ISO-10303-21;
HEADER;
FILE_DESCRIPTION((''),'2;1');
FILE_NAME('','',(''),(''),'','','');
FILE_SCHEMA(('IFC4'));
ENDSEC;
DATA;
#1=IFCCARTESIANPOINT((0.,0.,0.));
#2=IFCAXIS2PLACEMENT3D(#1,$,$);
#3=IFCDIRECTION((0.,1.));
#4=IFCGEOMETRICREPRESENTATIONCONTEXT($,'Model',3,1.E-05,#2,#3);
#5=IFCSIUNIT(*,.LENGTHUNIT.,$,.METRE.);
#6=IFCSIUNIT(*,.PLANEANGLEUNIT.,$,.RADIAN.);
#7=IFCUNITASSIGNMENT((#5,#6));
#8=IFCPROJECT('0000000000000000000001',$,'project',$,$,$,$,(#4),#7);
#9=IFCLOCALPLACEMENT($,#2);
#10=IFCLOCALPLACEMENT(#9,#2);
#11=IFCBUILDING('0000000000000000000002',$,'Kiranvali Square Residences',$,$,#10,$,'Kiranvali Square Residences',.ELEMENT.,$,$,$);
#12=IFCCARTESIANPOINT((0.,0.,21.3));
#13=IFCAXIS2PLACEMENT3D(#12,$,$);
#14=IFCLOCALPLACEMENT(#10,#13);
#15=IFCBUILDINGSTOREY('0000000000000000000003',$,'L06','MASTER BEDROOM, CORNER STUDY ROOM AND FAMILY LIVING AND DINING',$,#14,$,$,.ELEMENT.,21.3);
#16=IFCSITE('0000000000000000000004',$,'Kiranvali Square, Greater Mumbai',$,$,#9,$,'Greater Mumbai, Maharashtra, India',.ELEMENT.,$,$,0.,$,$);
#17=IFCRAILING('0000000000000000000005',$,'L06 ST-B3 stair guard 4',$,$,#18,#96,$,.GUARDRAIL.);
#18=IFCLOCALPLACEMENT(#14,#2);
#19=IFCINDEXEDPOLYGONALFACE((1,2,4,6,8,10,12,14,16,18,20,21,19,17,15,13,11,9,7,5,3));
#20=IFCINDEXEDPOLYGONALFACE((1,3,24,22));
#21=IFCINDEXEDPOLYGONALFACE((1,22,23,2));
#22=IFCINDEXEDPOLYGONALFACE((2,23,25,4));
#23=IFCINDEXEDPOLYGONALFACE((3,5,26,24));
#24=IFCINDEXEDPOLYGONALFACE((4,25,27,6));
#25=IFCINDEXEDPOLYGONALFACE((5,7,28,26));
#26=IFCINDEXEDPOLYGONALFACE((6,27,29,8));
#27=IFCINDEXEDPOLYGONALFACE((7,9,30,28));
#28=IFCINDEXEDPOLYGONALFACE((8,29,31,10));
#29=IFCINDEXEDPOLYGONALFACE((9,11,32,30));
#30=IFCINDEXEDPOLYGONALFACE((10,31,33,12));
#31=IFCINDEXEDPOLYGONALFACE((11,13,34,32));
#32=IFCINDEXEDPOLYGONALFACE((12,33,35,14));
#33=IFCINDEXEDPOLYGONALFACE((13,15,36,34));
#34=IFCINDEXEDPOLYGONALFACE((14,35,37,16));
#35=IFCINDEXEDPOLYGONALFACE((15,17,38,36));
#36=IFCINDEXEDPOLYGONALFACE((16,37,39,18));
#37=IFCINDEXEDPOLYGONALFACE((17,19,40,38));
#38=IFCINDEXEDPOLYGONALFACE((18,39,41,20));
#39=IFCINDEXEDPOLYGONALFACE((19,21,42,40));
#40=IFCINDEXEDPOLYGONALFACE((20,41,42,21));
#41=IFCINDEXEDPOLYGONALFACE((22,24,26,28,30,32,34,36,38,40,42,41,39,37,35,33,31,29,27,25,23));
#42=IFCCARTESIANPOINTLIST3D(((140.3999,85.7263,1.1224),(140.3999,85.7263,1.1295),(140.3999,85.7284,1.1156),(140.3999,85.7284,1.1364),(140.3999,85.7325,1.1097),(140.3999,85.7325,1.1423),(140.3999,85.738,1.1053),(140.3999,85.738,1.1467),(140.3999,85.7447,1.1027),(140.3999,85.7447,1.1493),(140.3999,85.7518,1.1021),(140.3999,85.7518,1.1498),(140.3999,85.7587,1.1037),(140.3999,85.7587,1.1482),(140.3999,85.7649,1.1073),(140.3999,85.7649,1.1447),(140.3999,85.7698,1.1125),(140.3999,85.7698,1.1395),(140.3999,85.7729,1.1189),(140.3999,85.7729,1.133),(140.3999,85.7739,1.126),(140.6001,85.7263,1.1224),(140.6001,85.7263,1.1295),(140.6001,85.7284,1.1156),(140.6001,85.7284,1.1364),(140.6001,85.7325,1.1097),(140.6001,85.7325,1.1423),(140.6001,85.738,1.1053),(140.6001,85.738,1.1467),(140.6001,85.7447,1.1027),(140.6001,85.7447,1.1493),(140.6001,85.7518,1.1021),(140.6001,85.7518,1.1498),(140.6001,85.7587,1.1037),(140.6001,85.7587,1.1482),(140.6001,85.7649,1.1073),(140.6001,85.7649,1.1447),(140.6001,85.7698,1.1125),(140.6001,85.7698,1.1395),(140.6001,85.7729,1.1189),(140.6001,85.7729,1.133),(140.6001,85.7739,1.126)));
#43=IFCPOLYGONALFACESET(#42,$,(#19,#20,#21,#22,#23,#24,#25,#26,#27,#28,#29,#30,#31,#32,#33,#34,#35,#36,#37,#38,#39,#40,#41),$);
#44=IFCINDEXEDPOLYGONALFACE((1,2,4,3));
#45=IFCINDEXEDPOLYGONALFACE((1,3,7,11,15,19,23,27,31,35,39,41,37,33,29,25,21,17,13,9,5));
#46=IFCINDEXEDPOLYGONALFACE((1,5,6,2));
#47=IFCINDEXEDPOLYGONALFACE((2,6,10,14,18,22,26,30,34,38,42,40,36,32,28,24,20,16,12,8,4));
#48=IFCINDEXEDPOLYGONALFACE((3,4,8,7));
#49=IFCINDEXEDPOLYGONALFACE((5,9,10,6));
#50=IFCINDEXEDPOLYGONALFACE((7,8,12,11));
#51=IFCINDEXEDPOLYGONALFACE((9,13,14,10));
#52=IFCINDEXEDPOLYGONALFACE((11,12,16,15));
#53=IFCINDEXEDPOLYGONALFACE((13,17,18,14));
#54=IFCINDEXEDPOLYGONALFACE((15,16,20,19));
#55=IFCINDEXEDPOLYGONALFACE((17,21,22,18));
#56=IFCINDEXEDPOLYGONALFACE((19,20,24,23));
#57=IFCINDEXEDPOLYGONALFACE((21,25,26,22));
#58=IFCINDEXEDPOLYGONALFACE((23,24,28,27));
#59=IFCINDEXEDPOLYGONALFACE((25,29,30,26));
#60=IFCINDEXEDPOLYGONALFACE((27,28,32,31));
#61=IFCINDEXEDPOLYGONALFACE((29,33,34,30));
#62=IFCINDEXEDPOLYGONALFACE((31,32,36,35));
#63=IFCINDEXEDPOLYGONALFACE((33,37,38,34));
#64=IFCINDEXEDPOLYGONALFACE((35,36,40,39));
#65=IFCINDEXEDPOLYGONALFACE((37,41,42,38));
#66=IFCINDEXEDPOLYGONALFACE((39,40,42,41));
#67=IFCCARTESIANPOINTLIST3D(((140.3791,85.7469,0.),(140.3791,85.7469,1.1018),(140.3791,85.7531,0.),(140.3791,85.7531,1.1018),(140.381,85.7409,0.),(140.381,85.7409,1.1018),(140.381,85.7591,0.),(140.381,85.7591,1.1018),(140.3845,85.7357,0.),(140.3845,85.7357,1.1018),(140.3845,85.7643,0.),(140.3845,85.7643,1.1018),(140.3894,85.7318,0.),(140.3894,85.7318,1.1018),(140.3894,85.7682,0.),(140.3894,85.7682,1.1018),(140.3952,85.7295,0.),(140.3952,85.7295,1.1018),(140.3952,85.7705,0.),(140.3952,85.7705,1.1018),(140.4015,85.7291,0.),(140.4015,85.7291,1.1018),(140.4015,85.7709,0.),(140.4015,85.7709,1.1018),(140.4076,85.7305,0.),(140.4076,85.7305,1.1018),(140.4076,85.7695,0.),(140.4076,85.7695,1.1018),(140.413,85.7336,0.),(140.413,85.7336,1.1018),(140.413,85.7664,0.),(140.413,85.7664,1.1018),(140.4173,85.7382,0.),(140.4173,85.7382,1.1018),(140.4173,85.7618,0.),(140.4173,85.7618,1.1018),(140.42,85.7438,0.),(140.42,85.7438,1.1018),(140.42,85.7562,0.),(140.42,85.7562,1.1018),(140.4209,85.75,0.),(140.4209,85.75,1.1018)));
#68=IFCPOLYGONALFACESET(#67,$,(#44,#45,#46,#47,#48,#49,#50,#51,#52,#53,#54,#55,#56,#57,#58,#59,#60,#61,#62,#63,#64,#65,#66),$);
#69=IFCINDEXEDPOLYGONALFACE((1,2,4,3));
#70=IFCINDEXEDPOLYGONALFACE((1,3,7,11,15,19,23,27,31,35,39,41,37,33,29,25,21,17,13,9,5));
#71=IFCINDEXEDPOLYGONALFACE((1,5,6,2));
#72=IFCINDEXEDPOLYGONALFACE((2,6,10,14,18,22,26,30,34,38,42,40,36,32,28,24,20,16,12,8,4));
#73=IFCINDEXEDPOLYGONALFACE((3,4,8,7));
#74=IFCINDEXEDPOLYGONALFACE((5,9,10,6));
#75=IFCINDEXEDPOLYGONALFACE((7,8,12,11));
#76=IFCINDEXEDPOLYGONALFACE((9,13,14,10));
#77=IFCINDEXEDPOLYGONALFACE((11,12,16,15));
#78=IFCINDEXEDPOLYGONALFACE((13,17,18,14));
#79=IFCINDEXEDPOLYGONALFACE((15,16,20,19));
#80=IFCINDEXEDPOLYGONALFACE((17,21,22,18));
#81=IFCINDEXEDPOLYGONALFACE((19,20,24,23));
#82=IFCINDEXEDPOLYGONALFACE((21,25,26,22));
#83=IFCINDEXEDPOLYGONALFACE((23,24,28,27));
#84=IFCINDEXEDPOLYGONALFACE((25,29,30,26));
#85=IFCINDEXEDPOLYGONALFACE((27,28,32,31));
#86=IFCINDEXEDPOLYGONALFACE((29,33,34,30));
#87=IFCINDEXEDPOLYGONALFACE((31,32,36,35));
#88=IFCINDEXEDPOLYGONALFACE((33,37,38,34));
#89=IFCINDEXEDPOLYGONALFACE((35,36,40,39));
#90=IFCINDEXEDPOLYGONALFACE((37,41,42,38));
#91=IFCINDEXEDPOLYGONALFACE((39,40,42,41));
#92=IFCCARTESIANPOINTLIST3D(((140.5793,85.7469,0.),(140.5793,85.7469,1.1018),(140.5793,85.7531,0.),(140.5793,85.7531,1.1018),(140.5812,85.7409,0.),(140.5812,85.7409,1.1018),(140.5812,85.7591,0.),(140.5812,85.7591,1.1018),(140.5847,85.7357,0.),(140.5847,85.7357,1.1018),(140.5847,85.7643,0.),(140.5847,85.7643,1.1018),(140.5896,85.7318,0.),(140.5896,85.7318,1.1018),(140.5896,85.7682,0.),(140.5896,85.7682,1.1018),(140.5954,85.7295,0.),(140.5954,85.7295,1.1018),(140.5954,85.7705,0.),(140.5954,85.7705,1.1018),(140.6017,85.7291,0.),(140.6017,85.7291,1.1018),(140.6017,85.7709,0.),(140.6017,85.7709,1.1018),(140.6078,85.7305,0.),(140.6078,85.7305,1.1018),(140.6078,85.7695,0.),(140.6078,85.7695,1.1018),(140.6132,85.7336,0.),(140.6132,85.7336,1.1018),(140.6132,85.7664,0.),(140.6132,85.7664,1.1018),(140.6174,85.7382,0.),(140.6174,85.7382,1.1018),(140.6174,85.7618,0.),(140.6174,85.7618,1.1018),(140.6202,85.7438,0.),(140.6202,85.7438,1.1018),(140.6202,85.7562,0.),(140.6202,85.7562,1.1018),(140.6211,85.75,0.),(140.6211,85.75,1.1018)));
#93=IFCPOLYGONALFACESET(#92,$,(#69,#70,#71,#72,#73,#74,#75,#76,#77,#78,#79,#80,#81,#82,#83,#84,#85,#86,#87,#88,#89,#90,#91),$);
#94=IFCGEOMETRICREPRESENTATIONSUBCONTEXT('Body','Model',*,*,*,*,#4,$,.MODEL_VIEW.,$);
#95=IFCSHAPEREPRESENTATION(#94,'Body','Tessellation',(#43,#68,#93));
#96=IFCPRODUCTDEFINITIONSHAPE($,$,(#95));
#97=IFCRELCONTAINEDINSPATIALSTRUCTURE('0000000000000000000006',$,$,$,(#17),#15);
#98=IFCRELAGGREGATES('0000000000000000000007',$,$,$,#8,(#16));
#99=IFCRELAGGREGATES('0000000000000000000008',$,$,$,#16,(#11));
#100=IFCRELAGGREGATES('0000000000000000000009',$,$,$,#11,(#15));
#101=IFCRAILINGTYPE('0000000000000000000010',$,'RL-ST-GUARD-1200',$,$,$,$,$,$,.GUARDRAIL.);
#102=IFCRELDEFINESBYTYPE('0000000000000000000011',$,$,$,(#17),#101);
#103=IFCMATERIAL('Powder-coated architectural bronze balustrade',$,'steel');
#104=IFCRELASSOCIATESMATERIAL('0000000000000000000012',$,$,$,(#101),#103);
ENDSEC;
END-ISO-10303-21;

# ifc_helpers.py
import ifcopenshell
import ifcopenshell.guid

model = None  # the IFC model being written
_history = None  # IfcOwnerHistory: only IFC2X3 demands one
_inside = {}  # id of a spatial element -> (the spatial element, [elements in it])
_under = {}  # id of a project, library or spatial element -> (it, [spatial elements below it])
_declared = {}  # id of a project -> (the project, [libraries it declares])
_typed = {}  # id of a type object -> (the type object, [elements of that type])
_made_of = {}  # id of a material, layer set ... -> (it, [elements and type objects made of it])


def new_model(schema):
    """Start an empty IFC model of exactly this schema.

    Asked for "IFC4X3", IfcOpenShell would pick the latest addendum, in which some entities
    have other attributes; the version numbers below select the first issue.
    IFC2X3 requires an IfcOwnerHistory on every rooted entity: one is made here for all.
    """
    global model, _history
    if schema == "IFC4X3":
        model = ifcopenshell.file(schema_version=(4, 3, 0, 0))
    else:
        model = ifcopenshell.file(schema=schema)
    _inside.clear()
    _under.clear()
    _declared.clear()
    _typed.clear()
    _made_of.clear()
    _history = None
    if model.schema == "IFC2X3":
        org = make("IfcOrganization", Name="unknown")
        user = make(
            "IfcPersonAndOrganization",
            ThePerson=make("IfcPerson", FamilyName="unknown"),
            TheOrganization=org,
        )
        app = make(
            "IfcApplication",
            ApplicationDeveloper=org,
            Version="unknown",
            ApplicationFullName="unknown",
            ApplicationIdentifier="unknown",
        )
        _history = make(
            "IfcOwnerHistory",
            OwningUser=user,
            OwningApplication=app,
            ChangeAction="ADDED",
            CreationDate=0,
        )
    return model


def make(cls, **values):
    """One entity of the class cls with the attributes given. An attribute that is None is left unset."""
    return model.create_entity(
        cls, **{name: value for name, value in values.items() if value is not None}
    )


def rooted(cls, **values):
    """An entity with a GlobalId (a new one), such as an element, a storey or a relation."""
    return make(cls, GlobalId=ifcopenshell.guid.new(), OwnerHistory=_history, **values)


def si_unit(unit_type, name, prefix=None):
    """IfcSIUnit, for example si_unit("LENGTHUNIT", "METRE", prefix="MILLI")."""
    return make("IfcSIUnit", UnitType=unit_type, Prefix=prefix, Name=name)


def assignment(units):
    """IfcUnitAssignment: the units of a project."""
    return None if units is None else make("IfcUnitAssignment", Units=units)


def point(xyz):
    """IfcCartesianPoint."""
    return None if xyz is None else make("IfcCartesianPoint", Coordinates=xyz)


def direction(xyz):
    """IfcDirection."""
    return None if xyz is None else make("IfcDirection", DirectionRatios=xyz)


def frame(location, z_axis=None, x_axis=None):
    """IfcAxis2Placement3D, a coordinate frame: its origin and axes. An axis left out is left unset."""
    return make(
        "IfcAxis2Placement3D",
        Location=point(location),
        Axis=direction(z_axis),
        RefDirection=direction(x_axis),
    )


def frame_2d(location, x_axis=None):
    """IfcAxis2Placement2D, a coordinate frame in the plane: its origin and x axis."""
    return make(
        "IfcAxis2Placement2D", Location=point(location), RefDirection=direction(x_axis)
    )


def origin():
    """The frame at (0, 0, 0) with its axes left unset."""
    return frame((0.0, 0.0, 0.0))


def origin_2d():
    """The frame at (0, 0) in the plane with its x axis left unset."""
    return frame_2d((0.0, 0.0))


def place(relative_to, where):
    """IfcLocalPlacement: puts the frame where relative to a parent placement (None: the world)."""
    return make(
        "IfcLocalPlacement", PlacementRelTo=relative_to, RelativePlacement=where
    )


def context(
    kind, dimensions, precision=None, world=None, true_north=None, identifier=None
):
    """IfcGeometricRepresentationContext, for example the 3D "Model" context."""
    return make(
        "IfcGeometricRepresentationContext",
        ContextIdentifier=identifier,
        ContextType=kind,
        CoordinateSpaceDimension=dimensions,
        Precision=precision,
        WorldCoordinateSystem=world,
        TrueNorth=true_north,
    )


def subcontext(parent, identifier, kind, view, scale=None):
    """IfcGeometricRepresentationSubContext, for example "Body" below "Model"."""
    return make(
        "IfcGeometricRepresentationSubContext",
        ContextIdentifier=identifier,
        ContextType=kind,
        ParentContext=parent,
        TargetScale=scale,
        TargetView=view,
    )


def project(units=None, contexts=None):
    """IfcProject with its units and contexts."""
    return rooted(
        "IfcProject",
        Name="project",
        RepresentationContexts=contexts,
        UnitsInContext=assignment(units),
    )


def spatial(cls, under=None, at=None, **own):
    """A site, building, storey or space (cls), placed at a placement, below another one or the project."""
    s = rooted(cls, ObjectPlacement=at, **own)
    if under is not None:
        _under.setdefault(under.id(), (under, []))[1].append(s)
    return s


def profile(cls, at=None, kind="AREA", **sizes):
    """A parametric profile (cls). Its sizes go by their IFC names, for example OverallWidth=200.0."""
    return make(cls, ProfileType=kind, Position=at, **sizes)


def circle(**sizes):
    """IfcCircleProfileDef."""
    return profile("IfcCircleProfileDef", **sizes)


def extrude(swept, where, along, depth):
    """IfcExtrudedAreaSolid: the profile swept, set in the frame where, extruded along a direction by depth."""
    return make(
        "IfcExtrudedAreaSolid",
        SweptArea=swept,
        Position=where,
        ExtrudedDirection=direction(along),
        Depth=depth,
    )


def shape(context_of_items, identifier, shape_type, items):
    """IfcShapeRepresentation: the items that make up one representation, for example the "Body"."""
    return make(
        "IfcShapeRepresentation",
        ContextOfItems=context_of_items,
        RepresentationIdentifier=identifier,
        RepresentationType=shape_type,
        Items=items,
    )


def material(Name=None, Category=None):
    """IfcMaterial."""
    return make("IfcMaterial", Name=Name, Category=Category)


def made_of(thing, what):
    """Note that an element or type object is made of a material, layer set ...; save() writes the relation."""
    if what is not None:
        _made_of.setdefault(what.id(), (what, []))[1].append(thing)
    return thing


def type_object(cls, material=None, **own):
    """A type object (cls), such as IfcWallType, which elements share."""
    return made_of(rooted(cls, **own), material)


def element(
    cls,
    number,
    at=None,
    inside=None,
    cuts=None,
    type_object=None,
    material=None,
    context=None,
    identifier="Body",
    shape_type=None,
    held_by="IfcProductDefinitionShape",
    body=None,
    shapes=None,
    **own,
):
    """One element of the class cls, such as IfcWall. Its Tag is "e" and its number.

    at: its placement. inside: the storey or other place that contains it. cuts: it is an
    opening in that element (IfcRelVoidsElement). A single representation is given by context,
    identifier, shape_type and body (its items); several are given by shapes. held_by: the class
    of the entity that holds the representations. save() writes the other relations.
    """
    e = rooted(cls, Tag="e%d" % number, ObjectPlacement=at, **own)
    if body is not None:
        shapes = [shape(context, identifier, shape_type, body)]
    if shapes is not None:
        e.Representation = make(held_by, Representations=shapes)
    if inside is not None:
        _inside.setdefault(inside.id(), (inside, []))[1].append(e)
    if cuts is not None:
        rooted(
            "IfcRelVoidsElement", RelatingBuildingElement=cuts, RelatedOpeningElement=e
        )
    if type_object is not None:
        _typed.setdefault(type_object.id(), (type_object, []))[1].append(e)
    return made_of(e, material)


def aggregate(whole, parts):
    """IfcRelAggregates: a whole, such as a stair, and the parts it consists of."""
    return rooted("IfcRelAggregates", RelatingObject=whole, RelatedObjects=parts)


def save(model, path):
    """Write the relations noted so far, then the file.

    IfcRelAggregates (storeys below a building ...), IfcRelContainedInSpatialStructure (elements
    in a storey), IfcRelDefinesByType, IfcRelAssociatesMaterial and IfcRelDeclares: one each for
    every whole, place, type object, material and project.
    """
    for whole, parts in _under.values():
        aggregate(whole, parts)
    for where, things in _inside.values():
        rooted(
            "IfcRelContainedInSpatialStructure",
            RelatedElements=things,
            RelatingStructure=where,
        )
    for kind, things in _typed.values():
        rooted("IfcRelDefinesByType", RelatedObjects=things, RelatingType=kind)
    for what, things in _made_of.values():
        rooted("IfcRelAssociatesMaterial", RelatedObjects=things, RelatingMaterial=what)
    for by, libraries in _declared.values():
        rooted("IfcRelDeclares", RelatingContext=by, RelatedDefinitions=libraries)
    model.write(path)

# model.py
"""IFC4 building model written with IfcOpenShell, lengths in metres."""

from ifc_helpers import new_model, si_unit, direction, frame, origin, origin_2d, place, context, subcontext, project, spatial, circle, extrude, material, type_object, element, save


model = new_model("IFC4")

# Units and contexts
model_context = context("Model", 3, precision=1e-05, world=origin(), true_north=direction((0.0, 1.0)))
body_context = subcontext(model_context, "Body", "Model", "MODEL_VIEW")
ifc_project = project(units=[si_unit("LENGTHUNIT", "METRE"), si_unit("PLANEANGLEUNIT", "RADIAN")], contexts=[model_context])

# Site, building, storey
site_placement = place(None, origin())
site = spatial("IfcSite", under=ifc_project, at=site_placement, Name="Kiranvali Square, Greater Mumbai", LongName="Greater Mumbai, Maharashtra, India", CompositionType="ELEMENT", RefElevation=0.0)
building_placement = place(site_placement, origin())
building = spatial("IfcBuilding", under=site, at=building_placement, Name="Kiranvali Square Residences", LongName="Kiranvali Square Residences", CompositionType="ELEMENT")
storey_placement = place(building_placement, frame((0.0, 0.0, 21.3)))
storey = spatial("IfcBuildingStorey", under=building, at=storey_placement, Name="L06", Description="MASTER BEDROOM, CORNER STUDY ROOM AND FAMILY LIVING AND DINING", CompositionType="ELEMENT", Elevation=21.3)

# Railing
ifc_material_1 = material(Name="Powder-coated architectural bronze balustrade", Category="steel")
railing_type_1 = type_object("IfcRailingType", Name="RL-ST-GUARD-1200", PredefinedType="GUARDRAIL", material=ifc_material_1)
railing_1_placement = place(storey_placement, frame((140.3999, 85.75, 0.0)))
element("IfcRailing", 1, at=railing_1_placement, inside=storey, type_object=railing_type_1, Name="L06 ST-B3 stair guard 4", PredefinedType="GUARDRAIL", context=body_context, shape_type="SweptSolid", body=[
    extrude(circle(Radius=0.0239, at=origin_2d()), frame((0.0, 0.0, 1.126), z_axis=(1.0, 0.0, 0.0), x_axis=(0.0, 1.0, 0.0)), (0.0, 0.0, 1.0), 0.2002),
    extrude(circle(Radius=0.021, at=origin_2d()), origin(), (0.0, 0.0, 1.0), 1.1018),
    extrude(circle(Radius=0.021, at=origin_2d()), frame((0.2002, 0.0, 0.0)), (0.0, 0.0, 1.0), 1.1018),
])

save(model, "model.ifc")
